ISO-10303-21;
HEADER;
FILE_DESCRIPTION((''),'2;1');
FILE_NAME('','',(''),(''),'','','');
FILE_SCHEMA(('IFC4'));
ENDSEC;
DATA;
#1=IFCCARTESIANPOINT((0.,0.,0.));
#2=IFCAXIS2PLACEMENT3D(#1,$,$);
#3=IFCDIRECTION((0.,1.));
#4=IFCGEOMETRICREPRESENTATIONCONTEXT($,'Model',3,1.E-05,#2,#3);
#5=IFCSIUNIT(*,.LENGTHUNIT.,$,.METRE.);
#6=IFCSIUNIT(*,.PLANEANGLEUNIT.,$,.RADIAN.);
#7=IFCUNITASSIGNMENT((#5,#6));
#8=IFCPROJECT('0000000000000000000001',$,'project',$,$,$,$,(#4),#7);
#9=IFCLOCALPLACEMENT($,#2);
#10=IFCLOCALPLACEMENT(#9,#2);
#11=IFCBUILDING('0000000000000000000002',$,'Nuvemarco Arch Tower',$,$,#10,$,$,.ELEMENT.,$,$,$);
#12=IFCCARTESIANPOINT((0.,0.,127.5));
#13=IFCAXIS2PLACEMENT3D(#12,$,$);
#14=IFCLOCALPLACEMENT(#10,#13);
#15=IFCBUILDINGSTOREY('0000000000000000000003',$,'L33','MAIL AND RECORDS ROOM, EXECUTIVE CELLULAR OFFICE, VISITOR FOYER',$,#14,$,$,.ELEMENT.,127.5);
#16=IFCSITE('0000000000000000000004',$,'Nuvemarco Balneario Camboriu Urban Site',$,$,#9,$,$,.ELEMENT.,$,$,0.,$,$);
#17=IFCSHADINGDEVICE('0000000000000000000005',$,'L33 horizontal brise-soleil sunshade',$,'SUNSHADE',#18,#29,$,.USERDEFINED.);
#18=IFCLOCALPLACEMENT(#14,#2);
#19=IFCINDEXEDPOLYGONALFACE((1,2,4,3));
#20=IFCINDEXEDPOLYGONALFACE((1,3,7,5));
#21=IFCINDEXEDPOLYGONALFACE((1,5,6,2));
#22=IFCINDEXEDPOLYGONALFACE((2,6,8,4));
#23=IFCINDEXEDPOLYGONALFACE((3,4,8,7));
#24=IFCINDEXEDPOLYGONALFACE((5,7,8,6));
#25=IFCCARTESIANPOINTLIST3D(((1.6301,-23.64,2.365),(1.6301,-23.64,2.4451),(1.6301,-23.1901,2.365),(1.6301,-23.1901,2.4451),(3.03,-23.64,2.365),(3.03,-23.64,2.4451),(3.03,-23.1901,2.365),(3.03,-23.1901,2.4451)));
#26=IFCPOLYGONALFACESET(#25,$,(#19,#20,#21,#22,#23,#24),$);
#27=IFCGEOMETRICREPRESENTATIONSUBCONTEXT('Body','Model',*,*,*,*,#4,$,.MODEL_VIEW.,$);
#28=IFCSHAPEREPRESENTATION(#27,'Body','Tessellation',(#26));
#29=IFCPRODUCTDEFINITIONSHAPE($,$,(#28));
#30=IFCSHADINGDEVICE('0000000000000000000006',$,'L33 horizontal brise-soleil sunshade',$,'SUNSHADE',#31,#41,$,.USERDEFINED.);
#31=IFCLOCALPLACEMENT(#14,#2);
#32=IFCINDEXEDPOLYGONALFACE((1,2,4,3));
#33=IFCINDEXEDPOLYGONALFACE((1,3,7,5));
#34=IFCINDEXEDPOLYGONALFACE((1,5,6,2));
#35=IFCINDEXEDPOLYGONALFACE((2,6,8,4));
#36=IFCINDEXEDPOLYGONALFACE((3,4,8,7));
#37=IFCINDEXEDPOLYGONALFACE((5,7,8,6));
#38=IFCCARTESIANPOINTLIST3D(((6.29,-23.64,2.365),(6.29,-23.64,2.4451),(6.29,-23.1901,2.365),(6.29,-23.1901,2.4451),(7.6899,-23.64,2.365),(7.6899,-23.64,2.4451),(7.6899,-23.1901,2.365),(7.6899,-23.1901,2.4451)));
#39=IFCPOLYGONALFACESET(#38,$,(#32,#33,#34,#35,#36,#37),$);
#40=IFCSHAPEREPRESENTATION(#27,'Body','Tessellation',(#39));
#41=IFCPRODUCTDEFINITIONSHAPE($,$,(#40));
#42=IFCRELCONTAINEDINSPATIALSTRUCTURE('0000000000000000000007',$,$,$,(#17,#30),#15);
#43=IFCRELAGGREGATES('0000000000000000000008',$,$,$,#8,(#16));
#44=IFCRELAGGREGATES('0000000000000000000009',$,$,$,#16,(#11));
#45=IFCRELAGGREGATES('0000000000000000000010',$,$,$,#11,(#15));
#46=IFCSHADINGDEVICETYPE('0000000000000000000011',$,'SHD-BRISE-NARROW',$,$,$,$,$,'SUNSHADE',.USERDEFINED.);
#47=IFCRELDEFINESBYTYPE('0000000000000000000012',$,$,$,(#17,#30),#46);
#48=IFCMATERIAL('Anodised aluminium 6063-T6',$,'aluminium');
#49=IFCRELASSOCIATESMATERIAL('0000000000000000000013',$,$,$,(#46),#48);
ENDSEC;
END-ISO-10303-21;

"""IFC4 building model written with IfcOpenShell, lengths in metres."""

from ifc_helpers import new_model, si_unit, direction, frame, origin, origin_2d, place, context, subcontext, project, spatial, rectangle, extrude, source, transform, mapped, material, type_object, type_shapes, element, save


model = new_model("IFC4")

# Units and contexts
model_context = context("Model", 3, precision=1e-05, world=origin(), true_north=direction((0.0, 1.0)))
body_context = subcontext(model_context, "Body", "Model", "MODEL_VIEW")
ifc_project = project(units=[si_unit("LENGTHUNIT", "METRE"), si_unit("PLANEANGLEUNIT", "RADIAN")], contexts=[model_context])

# Site, building, storey
site_placement = place(None, origin())
site = spatial("IfcSite", under=ifc_project, at=site_placement, Name="Nuvemarco Balneario Camboriu Urban Site", CompositionType="ELEMENT", RefElevation=0.0)
building_placement = place(site_placement, origin())
building = spatial("IfcBuilding", under=site, at=building_placement, Name="Nuvemarco Arch Tower", CompositionType="ELEMENT")
storey_placement = place(building_placement, frame((0.0, 0.0, 127.5)))
storey = spatial("IfcBuildingStorey", under=building, at=storey_placement, Name="L33", Description="MAIL AND RECORDS ROOM, EXECUTIVE CELLULAR OFFICE, VISITOR FOYER", CompositionType="ELEMENT", Elevation=127.5)

# Shading devices
ifc_material_1 = material(Name="Anodised aluminium 6063-T6", Category="aluminium")
shading_device_type = type_object("IfcShadingDeviceType", Name="SHD-BRISE-NARROW", ElementType="SUNSHADE", PredefinedType="USERDEFINED", material=ifc_material_1)
shared_shape_1 = source(origin(), body_context, "Body", "SweptSolid", [
    extrude(rectangle(XDim=1.3999, YDim=0.45, at=origin_2d()), origin(), (0.0, 0.0, 1.0), 0.0801),
])
type_shapes(shading_device_type, [shared_shape_1])
for number, where, z_axis, x_axis, name in (
    (1, (2.3301, -23.415, 2.365), (0.0, 0.0, 1.0), (1.0, 0.0, 0.0), "L33 horizontal brise-soleil sunshade"),
    (2, (6.99, -23.415, 2.365), (0.0, 0.0, 1.0), (1.0, 0.0, 0.0), "L33 horizontal brise-soleil sunshade"),
):
    element("IfcShadingDevice", number, at=place(storey_placement, frame(where, z_axis=z_axis, x_axis=x_axis)), inside=storey, type_object=shading_device_type, Name=name, ObjectType="SUNSHADE", PredefinedType="USERDEFINED", context=body_context, shape_type="MappedRepresentation", body=[
        mapped(shared_shape_1, transform((0.0, 0.0, 0.0), scale=1.0)),
    ])

save(model, "model.ifc")
